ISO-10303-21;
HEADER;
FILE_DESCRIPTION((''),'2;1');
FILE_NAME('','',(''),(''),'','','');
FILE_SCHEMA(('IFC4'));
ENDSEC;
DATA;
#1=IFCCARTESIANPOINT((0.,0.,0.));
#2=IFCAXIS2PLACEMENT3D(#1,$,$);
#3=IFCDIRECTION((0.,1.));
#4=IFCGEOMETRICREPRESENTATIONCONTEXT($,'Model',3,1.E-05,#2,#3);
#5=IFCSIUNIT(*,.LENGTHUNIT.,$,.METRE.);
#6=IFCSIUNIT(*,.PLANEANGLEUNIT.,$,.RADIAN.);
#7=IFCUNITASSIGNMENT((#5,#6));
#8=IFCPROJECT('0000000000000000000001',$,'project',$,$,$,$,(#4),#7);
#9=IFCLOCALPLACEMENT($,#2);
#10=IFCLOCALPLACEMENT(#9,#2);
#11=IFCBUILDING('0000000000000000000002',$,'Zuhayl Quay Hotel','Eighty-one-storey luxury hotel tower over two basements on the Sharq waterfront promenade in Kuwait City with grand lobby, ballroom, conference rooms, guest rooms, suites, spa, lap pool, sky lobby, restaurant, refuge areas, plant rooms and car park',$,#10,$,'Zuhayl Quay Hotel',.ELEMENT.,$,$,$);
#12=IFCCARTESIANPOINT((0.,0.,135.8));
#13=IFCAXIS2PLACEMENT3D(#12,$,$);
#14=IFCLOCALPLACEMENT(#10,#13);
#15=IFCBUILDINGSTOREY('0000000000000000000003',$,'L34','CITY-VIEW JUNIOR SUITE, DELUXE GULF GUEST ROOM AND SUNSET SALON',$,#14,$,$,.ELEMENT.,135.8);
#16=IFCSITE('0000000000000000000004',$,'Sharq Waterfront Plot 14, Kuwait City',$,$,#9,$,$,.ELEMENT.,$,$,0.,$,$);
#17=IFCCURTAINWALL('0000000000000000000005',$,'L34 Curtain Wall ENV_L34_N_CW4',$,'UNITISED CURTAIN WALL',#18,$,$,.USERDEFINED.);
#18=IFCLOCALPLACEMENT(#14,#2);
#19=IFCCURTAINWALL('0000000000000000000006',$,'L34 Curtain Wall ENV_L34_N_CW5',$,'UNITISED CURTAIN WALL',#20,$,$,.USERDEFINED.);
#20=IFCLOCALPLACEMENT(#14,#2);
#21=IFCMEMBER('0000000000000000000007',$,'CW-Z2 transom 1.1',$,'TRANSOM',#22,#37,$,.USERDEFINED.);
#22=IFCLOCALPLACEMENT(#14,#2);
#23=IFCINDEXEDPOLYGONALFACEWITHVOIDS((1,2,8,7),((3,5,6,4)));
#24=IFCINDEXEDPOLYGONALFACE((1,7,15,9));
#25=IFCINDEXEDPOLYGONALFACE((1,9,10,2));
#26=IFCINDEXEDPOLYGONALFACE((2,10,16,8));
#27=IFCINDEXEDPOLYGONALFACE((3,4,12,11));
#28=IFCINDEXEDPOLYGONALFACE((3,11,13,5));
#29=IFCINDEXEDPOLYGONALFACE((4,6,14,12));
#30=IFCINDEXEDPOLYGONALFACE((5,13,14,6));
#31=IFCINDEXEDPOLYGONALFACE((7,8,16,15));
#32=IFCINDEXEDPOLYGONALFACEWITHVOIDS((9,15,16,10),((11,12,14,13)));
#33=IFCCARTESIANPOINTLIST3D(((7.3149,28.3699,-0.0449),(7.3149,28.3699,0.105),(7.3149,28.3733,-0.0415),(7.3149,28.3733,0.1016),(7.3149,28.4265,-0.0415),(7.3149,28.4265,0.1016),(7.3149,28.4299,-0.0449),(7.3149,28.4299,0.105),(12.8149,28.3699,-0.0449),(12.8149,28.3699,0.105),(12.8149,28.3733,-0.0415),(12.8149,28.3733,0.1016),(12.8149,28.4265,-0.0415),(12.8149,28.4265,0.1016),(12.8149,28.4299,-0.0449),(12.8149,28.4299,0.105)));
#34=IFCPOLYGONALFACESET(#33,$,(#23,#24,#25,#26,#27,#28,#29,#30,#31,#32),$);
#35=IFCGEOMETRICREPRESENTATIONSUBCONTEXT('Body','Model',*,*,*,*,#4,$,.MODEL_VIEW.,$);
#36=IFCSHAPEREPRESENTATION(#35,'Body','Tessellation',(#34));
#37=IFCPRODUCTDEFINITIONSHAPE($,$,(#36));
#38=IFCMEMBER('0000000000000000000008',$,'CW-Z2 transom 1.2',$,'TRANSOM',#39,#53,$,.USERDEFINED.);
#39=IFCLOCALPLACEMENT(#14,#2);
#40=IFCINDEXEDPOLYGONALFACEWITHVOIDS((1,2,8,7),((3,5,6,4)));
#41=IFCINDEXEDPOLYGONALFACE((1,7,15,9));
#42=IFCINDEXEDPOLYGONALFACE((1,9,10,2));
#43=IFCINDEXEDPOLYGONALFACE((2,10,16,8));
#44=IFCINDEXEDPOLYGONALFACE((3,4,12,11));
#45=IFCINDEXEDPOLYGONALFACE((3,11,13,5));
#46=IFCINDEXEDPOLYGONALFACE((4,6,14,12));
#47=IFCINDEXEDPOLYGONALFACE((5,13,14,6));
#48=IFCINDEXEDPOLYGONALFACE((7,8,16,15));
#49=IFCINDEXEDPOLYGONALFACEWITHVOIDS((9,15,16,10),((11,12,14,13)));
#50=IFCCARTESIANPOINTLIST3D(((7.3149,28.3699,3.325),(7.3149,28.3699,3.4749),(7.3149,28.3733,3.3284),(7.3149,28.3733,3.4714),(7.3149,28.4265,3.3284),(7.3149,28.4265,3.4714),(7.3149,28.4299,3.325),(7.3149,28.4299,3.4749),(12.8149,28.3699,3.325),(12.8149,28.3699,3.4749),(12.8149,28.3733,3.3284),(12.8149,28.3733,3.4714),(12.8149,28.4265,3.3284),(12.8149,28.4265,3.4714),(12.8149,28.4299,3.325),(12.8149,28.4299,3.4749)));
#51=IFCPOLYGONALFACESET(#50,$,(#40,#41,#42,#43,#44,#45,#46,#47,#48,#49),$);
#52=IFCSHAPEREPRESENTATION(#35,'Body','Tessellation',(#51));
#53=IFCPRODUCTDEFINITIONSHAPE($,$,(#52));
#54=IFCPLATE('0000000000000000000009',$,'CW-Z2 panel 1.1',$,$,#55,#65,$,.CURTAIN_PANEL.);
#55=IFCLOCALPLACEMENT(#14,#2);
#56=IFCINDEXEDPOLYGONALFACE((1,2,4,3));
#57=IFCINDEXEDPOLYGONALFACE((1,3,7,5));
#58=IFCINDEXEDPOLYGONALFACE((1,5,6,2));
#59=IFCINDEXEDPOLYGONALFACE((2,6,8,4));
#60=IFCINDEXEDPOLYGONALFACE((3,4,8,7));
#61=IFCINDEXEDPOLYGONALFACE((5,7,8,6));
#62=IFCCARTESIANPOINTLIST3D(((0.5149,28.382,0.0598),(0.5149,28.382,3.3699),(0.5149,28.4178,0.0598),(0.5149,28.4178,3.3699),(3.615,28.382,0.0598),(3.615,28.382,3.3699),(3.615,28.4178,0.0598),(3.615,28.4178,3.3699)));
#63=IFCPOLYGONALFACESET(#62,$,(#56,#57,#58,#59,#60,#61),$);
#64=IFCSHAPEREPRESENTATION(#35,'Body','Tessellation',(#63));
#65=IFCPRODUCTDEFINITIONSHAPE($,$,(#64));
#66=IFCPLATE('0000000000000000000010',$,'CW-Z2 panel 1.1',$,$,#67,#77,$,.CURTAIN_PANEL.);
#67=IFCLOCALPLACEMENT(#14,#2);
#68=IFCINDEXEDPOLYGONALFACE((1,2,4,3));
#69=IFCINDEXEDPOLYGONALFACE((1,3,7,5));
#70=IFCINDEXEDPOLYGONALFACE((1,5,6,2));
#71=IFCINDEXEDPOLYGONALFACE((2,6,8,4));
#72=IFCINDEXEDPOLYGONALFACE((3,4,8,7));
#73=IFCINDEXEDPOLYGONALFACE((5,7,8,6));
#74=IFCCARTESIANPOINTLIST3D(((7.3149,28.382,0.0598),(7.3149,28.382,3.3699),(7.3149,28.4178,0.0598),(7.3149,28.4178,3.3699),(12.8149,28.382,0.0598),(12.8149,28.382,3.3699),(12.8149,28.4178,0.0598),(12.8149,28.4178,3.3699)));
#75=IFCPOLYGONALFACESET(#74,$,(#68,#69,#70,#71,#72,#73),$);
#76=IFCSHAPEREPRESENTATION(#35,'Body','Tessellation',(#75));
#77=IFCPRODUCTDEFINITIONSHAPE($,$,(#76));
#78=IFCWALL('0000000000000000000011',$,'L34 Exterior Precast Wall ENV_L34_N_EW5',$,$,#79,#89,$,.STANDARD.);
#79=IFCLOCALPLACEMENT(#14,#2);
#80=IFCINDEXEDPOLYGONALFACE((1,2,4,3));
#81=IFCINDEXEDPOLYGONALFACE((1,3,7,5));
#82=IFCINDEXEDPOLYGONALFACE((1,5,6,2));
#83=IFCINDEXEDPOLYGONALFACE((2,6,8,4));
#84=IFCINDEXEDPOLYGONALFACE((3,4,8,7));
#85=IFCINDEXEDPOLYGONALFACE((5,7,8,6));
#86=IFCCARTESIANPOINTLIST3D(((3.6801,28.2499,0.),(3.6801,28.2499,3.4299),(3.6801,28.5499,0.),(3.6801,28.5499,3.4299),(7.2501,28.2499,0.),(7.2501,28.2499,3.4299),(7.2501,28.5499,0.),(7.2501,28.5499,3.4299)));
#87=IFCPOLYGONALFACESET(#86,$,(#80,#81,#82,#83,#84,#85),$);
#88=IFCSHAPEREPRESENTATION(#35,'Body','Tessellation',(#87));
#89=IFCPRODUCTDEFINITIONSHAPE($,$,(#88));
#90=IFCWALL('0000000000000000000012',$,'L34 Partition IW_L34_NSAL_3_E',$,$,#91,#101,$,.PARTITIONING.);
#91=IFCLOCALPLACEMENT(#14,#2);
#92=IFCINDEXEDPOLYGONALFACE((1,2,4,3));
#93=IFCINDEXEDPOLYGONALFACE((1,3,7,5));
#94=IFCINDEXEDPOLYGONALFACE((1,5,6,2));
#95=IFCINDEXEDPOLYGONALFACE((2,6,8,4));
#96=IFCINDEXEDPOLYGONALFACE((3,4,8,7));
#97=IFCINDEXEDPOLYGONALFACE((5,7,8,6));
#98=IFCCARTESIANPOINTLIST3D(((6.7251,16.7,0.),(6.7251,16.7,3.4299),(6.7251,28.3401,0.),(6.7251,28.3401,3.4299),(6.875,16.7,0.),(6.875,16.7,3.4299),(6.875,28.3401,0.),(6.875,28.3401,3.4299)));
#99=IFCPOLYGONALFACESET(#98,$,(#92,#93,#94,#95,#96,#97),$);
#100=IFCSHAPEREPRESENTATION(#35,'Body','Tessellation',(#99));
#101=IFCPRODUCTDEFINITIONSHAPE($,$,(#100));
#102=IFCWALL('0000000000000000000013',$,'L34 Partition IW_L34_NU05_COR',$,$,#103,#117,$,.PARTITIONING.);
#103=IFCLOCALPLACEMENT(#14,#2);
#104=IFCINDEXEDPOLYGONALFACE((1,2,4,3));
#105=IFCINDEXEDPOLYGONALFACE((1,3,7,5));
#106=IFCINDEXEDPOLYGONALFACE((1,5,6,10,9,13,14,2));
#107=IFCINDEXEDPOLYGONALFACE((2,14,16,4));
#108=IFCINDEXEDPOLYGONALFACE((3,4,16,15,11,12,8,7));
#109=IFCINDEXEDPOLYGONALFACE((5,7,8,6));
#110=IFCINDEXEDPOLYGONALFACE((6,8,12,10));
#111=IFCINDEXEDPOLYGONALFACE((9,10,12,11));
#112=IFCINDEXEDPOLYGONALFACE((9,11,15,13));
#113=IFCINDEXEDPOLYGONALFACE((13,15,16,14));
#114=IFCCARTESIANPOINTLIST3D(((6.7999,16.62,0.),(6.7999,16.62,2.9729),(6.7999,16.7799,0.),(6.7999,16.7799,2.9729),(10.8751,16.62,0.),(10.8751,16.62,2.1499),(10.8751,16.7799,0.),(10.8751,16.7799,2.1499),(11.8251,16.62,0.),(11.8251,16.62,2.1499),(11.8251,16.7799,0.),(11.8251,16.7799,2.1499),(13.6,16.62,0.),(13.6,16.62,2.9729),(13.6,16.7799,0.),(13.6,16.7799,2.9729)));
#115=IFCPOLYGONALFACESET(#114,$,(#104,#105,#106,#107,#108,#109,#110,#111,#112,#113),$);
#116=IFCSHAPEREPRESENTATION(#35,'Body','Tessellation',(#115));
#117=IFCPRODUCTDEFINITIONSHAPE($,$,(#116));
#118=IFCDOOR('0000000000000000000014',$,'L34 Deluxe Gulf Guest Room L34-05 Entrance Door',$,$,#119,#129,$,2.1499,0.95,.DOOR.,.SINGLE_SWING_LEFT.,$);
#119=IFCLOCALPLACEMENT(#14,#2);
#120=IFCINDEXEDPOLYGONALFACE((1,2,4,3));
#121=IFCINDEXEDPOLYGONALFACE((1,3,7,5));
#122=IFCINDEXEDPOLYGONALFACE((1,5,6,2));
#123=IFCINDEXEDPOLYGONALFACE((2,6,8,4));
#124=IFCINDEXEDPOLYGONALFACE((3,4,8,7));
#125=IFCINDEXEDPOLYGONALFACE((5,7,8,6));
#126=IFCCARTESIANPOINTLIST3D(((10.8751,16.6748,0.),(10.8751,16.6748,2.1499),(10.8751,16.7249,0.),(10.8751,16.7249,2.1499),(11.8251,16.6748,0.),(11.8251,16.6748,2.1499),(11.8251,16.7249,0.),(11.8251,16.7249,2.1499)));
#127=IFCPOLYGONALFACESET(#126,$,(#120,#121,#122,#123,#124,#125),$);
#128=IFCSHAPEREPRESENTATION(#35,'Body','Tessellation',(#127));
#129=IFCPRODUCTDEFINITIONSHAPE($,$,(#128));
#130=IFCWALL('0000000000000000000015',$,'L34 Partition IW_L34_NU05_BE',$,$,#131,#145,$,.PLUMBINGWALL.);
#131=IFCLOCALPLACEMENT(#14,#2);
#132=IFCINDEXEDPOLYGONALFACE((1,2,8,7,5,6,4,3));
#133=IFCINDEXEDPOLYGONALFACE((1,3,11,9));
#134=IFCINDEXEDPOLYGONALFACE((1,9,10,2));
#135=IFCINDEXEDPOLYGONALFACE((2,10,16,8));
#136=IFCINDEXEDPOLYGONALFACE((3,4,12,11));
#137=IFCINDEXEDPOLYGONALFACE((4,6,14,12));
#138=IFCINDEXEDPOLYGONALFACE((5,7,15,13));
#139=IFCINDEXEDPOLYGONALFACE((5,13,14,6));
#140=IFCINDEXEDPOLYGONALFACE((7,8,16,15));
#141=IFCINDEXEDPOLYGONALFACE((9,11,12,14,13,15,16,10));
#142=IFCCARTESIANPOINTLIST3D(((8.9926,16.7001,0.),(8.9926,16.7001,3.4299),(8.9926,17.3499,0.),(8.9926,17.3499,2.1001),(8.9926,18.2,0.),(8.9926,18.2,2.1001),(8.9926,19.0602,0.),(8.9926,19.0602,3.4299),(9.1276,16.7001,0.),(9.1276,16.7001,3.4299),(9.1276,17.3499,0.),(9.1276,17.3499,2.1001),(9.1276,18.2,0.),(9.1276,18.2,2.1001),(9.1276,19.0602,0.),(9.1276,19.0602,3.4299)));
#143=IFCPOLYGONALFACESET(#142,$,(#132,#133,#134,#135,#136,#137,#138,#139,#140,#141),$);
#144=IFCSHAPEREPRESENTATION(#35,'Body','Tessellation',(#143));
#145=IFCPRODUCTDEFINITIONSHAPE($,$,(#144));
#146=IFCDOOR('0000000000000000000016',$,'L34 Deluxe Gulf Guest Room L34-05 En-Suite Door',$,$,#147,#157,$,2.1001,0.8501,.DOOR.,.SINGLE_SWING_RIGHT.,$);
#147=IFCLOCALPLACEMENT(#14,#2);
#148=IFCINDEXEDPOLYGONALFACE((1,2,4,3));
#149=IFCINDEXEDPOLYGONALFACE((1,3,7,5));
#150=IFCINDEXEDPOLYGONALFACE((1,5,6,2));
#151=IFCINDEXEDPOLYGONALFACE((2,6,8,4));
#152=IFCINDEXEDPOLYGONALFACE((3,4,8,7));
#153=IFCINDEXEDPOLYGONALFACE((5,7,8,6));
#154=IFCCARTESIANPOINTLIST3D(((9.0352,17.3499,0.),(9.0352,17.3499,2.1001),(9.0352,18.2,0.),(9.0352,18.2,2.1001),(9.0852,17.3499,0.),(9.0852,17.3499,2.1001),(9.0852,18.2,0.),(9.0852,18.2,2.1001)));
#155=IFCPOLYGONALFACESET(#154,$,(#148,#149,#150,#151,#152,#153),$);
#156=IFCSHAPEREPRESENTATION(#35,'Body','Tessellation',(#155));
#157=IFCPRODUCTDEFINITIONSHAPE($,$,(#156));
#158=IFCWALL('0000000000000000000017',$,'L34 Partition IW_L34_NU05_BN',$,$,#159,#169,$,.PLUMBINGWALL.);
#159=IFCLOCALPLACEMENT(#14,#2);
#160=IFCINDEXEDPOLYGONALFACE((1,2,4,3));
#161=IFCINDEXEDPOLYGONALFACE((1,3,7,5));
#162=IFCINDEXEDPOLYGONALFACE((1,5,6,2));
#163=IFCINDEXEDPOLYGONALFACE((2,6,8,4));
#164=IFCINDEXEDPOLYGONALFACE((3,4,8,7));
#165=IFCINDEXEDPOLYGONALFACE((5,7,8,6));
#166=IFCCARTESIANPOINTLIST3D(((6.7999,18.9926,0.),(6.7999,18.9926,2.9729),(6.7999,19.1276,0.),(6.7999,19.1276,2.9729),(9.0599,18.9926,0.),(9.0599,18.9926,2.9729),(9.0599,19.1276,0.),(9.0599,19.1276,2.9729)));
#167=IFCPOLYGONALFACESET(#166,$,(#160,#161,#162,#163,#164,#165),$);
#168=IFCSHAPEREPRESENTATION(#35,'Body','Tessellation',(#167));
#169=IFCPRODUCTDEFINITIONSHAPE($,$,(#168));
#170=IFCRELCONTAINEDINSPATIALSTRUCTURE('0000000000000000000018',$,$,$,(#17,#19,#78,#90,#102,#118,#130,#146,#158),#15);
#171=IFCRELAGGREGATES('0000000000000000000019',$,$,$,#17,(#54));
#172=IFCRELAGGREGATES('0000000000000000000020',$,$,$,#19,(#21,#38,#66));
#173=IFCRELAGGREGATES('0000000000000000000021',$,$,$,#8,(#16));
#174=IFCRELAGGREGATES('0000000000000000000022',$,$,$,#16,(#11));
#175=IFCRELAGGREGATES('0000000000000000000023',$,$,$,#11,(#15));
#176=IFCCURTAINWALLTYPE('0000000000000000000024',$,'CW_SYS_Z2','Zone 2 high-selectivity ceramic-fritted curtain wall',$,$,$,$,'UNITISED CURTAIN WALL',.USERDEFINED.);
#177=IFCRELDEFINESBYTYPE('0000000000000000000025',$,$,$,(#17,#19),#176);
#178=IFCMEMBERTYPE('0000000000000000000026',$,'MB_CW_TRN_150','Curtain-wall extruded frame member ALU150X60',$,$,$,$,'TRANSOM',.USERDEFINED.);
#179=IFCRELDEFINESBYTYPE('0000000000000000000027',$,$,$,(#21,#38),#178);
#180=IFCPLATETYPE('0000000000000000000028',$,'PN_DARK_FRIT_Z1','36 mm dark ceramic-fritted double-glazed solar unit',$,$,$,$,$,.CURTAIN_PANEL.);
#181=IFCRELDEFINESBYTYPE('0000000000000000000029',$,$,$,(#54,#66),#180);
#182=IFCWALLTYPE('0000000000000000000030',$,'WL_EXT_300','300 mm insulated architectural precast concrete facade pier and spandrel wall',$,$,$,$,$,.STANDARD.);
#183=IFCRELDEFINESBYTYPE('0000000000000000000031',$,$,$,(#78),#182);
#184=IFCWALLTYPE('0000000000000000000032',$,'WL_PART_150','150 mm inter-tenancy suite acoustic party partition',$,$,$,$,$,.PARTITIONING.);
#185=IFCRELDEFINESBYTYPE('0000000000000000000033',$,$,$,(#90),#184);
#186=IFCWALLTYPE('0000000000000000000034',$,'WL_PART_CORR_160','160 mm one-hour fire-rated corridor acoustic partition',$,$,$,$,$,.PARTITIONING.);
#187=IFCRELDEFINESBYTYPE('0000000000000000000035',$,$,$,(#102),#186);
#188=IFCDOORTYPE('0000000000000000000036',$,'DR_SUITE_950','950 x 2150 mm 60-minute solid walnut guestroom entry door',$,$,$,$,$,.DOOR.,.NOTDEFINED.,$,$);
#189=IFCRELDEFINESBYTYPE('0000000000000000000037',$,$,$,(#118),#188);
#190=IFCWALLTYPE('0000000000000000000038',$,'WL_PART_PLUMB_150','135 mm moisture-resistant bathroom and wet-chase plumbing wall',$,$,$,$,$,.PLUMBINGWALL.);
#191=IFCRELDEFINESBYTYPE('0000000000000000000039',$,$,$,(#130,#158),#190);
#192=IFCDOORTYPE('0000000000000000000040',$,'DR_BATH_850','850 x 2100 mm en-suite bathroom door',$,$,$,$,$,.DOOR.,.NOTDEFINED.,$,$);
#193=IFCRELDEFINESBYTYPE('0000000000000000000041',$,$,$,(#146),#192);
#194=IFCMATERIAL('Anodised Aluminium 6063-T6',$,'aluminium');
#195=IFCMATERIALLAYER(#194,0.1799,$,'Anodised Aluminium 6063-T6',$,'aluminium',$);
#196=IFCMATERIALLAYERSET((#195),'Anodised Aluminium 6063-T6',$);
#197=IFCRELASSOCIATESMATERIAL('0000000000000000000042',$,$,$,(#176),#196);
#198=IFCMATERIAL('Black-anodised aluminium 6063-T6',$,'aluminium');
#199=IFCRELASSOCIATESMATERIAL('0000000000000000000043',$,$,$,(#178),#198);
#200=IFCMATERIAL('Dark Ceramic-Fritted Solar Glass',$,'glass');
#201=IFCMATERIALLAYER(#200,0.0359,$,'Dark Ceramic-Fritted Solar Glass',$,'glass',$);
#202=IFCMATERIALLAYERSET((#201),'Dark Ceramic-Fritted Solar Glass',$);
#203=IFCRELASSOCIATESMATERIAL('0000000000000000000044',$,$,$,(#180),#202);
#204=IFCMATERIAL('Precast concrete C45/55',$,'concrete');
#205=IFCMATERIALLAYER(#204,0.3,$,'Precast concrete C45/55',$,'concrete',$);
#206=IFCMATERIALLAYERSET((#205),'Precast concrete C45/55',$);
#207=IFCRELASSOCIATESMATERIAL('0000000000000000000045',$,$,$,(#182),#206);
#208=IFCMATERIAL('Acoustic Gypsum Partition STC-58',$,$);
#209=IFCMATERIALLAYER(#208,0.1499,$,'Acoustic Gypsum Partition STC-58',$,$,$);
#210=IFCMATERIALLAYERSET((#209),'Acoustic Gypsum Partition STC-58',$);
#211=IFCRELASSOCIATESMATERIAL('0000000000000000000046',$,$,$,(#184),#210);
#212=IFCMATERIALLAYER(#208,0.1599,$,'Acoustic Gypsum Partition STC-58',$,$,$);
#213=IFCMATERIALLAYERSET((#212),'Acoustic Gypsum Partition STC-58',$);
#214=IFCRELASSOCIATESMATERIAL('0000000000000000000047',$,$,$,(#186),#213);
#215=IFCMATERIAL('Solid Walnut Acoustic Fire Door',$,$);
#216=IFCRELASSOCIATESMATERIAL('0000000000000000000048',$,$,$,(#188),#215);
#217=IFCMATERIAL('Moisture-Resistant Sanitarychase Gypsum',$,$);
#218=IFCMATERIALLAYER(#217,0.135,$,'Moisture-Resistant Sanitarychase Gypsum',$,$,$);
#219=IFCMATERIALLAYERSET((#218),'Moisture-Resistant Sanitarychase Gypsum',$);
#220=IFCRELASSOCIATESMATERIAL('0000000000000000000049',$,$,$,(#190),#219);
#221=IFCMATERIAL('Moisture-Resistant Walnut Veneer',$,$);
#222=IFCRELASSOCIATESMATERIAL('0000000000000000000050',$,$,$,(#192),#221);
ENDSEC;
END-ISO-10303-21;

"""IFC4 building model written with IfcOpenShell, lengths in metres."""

from ifc_helpers import new_model, si_unit, direction, frame, frame_2d, origin, origin_2d, place, context, subcontext, project, spatial, rectangle, hollow_rectangle, extrude, material, layer, layer_set, material_profile, profile_set, type_object, element, fill, aggregate, save


model = new_model("IFC4")

# Units and contexts
model_context = context("Model", 3, precision=1e-05, world=origin(), true_north=direction((0.0, 1.0)))
body_context = subcontext(model_context, "Body", "Model", "MODEL_VIEW")
ifc_project = project(units=[si_unit("LENGTHUNIT", "METRE"), si_unit("PLANEANGLEUNIT", "RADIAN")], contexts=[model_context])

# Site, building, storey
site_placement = place(None, origin())
site = spatial("IfcSite", under=ifc_project, at=site_placement, Name="Sharq Waterfront Plot 14, Kuwait City", CompositionType="ELEMENT", RefElevation=0.0)
building_placement = place(site_placement, origin())
building = spatial("IfcBuilding", under=site, at=building_placement, Name="Zuhayl Quay Hotel", Description="Eighty-one-storey luxury hotel tower over two basements on the Sharq waterfront promenade in Kuwait City with grand lobby, ballroom, conference rooms, guest rooms, suites, spa, lap pool, sky lobby, restaurant, refuge areas, plant rooms and car park", LongName="Zuhayl Quay Hotel", CompositionType="ELEMENT")
storey_placement = place(building_placement, frame((0.0, 0.0, 135.8)))
storey = spatial("IfcBuildingStorey", under=building, at=storey_placement, Name="L34", Description="CITY-VIEW JUNIOR SUITE, DELUXE GULF GUEST ROOM AND SUNSET SALON", CompositionType="ELEMENT", Elevation=135.8)

# Curtain wall
ifc_material_1 = material(Name="Anodised Aluminium 6063-T6", Category="aluminium")
ifc_layer_1 = layer(ifc_material_1, 0.1799, Name="Anodised Aluminium 6063-T6", Category="aluminium")
ifc_layer_set_1 = layer_set([ifc_layer_1], Name="Anodised Aluminium 6063-T6")
curtain_wall_type = type_object("IfcCurtainWallType", Name="CW_SYS_Z2", Description="Zone 2 high-selectivity ceramic-fritted curtain wall", ElementType="UNITISED CURTAIN WALL", PredefinedType="USERDEFINED", material=ifc_layer_set_1)
curtain_wall_1_placement = place(storey_placement, origin())
curtain_wall_1 = element("IfcCurtainWall", 1, at=curtain_wall_1_placement, inside=storey, type_object=curtain_wall_type, Name="L34 Curtain Wall ENV_L34_N_CW4", ObjectType="UNITISED CURTAIN WALL", PredefinedType="USERDEFINED")
ifc_material_2 = material(Name="Black-anodised aluminium 6063-T6", Category="aluminium")

# Curtain wall
curtain_wall_2_placement = place(storey_placement, origin())
curtain_wall_2 = element("IfcCurtainWall", 2, at=curtain_wall_2_placement, inside=storey, type_object=curtain_wall_type, Name="L34 Curtain Wall ENV_L34_N_CW5", ObjectType="UNITISED CURTAIN WALL", PredefinedType="USERDEFINED")

# Members
ifc_material_profile_1 = material_profile(ifc_material_2, hollow_rectangle(XDim=0.0601, YDim=0.1499, WallThickness=0.0034, at=origin_2d()), Name="ALU150X60")
ifc_profile_set_1 = profile_set([ifc_material_profile_1], Name="Black-anodised aluminium 6063-T6")
member_type_1 = type_object("IfcMemberType", Name="MB_CW_TRN_150", Description="Curtain-wall extruded frame member ALU150X60", ElementType="TRANSOM", PredefinedType="USERDEFINED", material=ifc_profile_set_1)
member_1_placement = place(storey_placement, frame((7.3149, 28.3999, 0.03), z_axis=(1.0, 0.0, 0.0), x_axis=(0.0, 1.0, 0.0)))
member_1 = element("IfcMember", 3, at=member_1_placement, type_object=member_type_1, Name="CW-Z2 transom 1.1", ObjectType="TRANSOM", PredefinedType="USERDEFINED", context=body_context, shape_type="SweptSolid", body=[
    extrude(hollow_rectangle(XDim=0.0601, YDim=0.1499, WallThickness=0.0034, at=origin_2d()), origin(), (0.0, 0.0, 1.0), 5.5),
])
member_2_placement = place(storey_placement, frame((7.3149, 28.3999, 3.3999), z_axis=(1.0, 0.0, 0.0), x_axis=(0.0, 1.0, 0.0)))
member_2 = element("IfcMember", 4, at=member_2_placement, type_object=member_type_1, Name="CW-Z2 transom 1.2", ObjectType="TRANSOM", PredefinedType="USERDEFINED", context=body_context, shape_type="SweptSolid", body=[
    extrude(hollow_rectangle(XDim=0.0601, YDim=0.1499, WallThickness=0.0034, at=origin_2d()), origin(), (0.0, 0.0, 1.0), 5.5),
])

# Plates
ifc_material_3 = material(Name="Dark Ceramic-Fritted Solar Glass", Category="glass")
ifc_layer_2 = layer(ifc_material_3, 0.0359, Name="Dark Ceramic-Fritted Solar Glass", Category="glass")
ifc_layer_set_2 = layer_set([ifc_layer_2], Name="Dark Ceramic-Fritted Solar Glass")
plate_type = type_object("IfcPlateType", Name="PN_DARK_FRIT_Z1", Description="36 mm dark ceramic-fritted double-glazed solar unit", PredefinedType="CURTAIN_PANEL", material=ifc_layer_set_2)
plate_1_placement = place(storey_placement, frame((2.0649, 28.3999, 0.0598), z_axis=(0.0, 0.0, 1.0), x_axis=(1.0, 0.0, 0.0)))
plate_1 = element("IfcPlate", 5, at=plate_1_placement, type_object=plate_type, Name="CW-Z2 panel 1.1", PredefinedType="CURTAIN_PANEL", context=body_context, shape_type="SweptSolid", body=[
    extrude(rectangle(XDim=3.1001, YDim=0.0359, at=origin_2d()), origin(), (0.0, 0.0, 1.0), 3.3101),
])
aggregate(curtain_wall_1, [plate_1])
plate_2_placement = place(storey_placement, frame((10.0649, 28.3999, 0.0598), z_axis=(0.0, 0.0, 1.0), x_axis=(1.0, 0.0, 0.0)))
plate_2 = element("IfcPlate", 6, at=plate_2_placement, type_object=plate_type, Name="CW-Z2 panel 1.1", PredefinedType="CURTAIN_PANEL", context=body_context, shape_type="SweptSolid", body=[
    extrude(rectangle(XDim=5.5, YDim=0.0359, at=origin_2d()), origin(), (0.0, 0.0, 1.0), 3.3101),
])
aggregate(curtain_wall_2, [member_1, member_2, plate_2])

# Walls
ifc_material_4 = material(Name="Precast concrete C45/55", Category="concrete")
ifc_layer_3 = layer(ifc_material_4, 0.3, Name="Precast concrete C45/55", Category="concrete")
ifc_layer_set_3 = layer_set([ifc_layer_3], Name="Precast concrete C45/55")
wall_type_1 = type_object("IfcWallType", Name="WL_EXT_300", Description="300 mm insulated architectural precast concrete facade pier and spandrel wall", PredefinedType="STANDARD", material=ifc_layer_set_3)
wall_1_placement = place(storey_placement, frame((3.6799, 28.3999, 0.0), z_axis=(0.0, 0.0, 1.0), x_axis=(1.0, 0.0, 0.0)))
element("IfcWall", 7, at=wall_1_placement, inside=storey, type_object=wall_type_1, Name="L34 Exterior Precast Wall ENV_L34_N_EW5", PredefinedType="STANDARD", context=body_context, shape_type="SweptSolid", body=[
    extrude(rectangle(XDim=3.5701, YDim=0.3, at=frame_2d((1.7852, 0.0))), origin(), (0.0, 0.0, 1.0), 3.4299),
])
ifc_material_5 = material(Name="Acoustic Gypsum Partition STC-58")
ifc_layer_4 = layer(ifc_material_5, 0.1499, Name="Acoustic Gypsum Partition STC-58")
ifc_layer_set_4 = layer_set([ifc_layer_4], Name="Acoustic Gypsum Partition STC-58")
wall_type_2 = type_object("IfcWallType", Name="WL_PART_150", Description="150 mm inter-tenancy suite acoustic party partition", PredefinedType="PARTITIONING", material=ifc_layer_set_4)
wall_2_placement = place(storey_placement, frame((6.8, 16.7, 0.0), z_axis=(0.0, 0.0, 1.0), x_axis=(0.0, 1.0, 0.0)))
element("IfcWall", 8, at=wall_2_placement, inside=storey, type_object=wall_type_2, Name="L34 Partition IW_L34_NSAL_3_E", PredefinedType="PARTITIONING", context=body_context, shape_type="SweptSolid", body=[
    extrude(rectangle(XDim=11.6401, YDim=0.1499, at=frame_2d((5.8201, 0.0))), origin(), (0.0, 0.0, 1.0), 3.4299),
])

# Walls, openings, doors
ifc_layer_5 = layer(ifc_material_5, 0.1599, Name="Acoustic Gypsum Partition STC-58")
ifc_layer_set_5 = layer_set([ifc_layer_5], Name="Acoustic Gypsum Partition STC-58")
wall_type_3 = type_object("IfcWallType", Name="WL_PART_CORR_160", Description="160 mm one-hour fire-rated corridor acoustic partition", PredefinedType="PARTITIONING", material=ifc_layer_set_5)
wall_3_placement = place(storey_placement, frame((6.8, 16.7, 0.0), z_axis=(0.0, 0.0, 1.0), x_axis=(1.0, 0.0, 0.0)))
wall_3 = element("IfcWall", 9, at=wall_3_placement, inside=storey, type_object=wall_type_3, Name="L34 Partition IW_L34_NU05_COR", PredefinedType="PARTITIONING", context=body_context, shape_type="SweptSolid", body=[
    extrude(rectangle(XDim=6.8, YDim=0.1599, at=frame_2d((3.3999, 0.0))), origin(), (0.0, 0.0, 1.0), 2.9729),
])
opening_1_placement = place(wall_3_placement, frame((4.075, 0.0, 0.0)))
opening_1 = element("IfcOpeningElement", 10, at=opening_1_placement, cuts=wall_3, PredefinedType="OPENING", context=body_context, shape_type="SweptSolid", body=[
    extrude(rectangle(XDim=0.95, YDim=2.1499, at=frame_2d((0.4751, 1.075))), frame((0.0, 0.0898, 0.0), z_axis=(0.0, -1.0, 0.0), x_axis=(1.0, 0.0, 0.0)), (0.0, 0.0, 1.0), 0.1799),
])
ifc_material_6 = material(Name="Solid Walnut Acoustic Fire Door")
door_type_1 = type_object("IfcDoorType", Name="DR_SUITE_950", Description="950 x 2150 mm 60-minute solid walnut guestroom entry door", OperationType="NOTDEFINED", PredefinedType="DOOR", material=ifc_material_6)
door_1_placement = place(opening_1_placement, origin())
door_1 = element("IfcDoor", 11, at=door_1_placement, inside=storey, type_object=door_type_1, Name="L34 Deluxe Gulf Guest Room L34-05 Entrance Door", OperationType="SINGLE_SWING_LEFT", OverallHeight=2.1499, OverallWidth=0.95, PredefinedType="DOOR", context=body_context, shape_type="SweptSolid", body=[
    extrude(rectangle(XDim=0.95, YDim=2.1499, at=frame_2d((0.4751, 1.075))), frame((0.0, 0.0249, 0.0), z_axis=(0.0, -1.0, 0.0), x_axis=(1.0, 0.0, 0.0)), (0.0, 0.0, 1.0), 0.05),
])
fill(opening_1, door_1)
ifc_material_7 = material(Name="Moisture-Resistant Sanitarychase Gypsum")
ifc_layer_6 = layer(ifc_material_7, 0.135, Name="Moisture-Resistant Sanitarychase Gypsum")
ifc_layer_set_6 = layer_set([ifc_layer_6], Name="Moisture-Resistant Sanitarychase Gypsum")
wall_type_4 = type_object("IfcWallType", Name="WL_PART_PLUMB_150", Description="135 mm moisture-resistant bathroom and wet-chase plumbing wall", PredefinedType="PLUMBINGWALL", material=ifc_layer_set_6)
wall_4_placement = place(storey_placement, frame((9.0601, 16.7, 0.0), z_axis=(0.0, 0.0, 1.0), x_axis=(0.0, 1.0, 0.0)))
wall_4 = element("IfcWall", 12, at=wall_4_placement, inside=storey, type_object=wall_type_4, Name="L34 Partition IW_L34_NU05_BE", PredefinedType="PLUMBINGWALL", context=body_context, shape_type="SweptSolid", body=[
    extrude(rectangle(XDim=2.3601, YDim=0.135, at=frame_2d((1.1802, 0.0))), origin(), (0.0, 0.0, 1.0), 3.4299),
])
opening_2_placement = place(wall_4_placement, frame((0.6499, 0.0, 0.0)))
opening_2 = element("IfcOpeningElement", 13, at=opening_2_placement, cuts=wall_4, PredefinedType="OPENING", context=body_context, shape_type="SweptSolid", body=[
    extrude(rectangle(XDim=0.8501, YDim=2.1001, at=frame_2d((0.425, 1.05))), frame((0.0, 0.0774, 0.0), z_axis=(0.0, -1.0, 0.0), x_axis=(1.0, 0.0, 0.0)), (0.0, 0.0, 1.0), 0.155),
])
ifc_material_8 = material(Name="Moisture-Resistant Walnut Veneer")
door_type_2 = type_object("IfcDoorType", Name="DR_BATH_850", Description="850 x 2100 mm en-suite bathroom door", OperationType="NOTDEFINED", PredefinedType="DOOR", material=ifc_material_8)
door_2_placement = place(opening_2_placement, origin())
door_2 = element("IfcDoor", 14, at=door_2_placement, inside=storey, type_object=door_type_2, Name="L34 Deluxe Gulf Guest Room L34-05 En-Suite Door", OperationType="SINGLE_SWING_RIGHT", OverallHeight=2.1001, OverallWidth=0.8501, PredefinedType="DOOR", context=body_context, shape_type="SweptSolid", body=[
    extrude(rectangle(XDim=0.8501, YDim=2.1001, at=frame_2d((0.425, 1.05))), frame((0.0, 0.0249, 0.0), z_axis=(0.0, -1.0, 0.0), x_axis=(1.0, 0.0, 0.0)), (0.0, 0.0, 1.0), 0.05),
])
fill(opening_2, door_2)

# Wall
wall_5_placement = place(storey_placement, frame((6.8, 19.0601, 0.0), z_axis=(0.0, 0.0, 1.0), x_axis=(1.0, 0.0, 0.0)))
element("IfcWall", 15, at=wall_5_placement, inside=storey, type_object=wall_type_4, Name="L34 Partition IW_L34_NU05_BN", PredefinedType="PLUMBINGWALL", context=body_context, shape_type="SweptSolid", body=[
    extrude(rectangle(XDim=2.26, YDim=0.135, at=frame_2d((1.1299, 0.0))), origin(), (0.0, 0.0, 1.0), 2.9729),
])

save(model, "model.ifc")
